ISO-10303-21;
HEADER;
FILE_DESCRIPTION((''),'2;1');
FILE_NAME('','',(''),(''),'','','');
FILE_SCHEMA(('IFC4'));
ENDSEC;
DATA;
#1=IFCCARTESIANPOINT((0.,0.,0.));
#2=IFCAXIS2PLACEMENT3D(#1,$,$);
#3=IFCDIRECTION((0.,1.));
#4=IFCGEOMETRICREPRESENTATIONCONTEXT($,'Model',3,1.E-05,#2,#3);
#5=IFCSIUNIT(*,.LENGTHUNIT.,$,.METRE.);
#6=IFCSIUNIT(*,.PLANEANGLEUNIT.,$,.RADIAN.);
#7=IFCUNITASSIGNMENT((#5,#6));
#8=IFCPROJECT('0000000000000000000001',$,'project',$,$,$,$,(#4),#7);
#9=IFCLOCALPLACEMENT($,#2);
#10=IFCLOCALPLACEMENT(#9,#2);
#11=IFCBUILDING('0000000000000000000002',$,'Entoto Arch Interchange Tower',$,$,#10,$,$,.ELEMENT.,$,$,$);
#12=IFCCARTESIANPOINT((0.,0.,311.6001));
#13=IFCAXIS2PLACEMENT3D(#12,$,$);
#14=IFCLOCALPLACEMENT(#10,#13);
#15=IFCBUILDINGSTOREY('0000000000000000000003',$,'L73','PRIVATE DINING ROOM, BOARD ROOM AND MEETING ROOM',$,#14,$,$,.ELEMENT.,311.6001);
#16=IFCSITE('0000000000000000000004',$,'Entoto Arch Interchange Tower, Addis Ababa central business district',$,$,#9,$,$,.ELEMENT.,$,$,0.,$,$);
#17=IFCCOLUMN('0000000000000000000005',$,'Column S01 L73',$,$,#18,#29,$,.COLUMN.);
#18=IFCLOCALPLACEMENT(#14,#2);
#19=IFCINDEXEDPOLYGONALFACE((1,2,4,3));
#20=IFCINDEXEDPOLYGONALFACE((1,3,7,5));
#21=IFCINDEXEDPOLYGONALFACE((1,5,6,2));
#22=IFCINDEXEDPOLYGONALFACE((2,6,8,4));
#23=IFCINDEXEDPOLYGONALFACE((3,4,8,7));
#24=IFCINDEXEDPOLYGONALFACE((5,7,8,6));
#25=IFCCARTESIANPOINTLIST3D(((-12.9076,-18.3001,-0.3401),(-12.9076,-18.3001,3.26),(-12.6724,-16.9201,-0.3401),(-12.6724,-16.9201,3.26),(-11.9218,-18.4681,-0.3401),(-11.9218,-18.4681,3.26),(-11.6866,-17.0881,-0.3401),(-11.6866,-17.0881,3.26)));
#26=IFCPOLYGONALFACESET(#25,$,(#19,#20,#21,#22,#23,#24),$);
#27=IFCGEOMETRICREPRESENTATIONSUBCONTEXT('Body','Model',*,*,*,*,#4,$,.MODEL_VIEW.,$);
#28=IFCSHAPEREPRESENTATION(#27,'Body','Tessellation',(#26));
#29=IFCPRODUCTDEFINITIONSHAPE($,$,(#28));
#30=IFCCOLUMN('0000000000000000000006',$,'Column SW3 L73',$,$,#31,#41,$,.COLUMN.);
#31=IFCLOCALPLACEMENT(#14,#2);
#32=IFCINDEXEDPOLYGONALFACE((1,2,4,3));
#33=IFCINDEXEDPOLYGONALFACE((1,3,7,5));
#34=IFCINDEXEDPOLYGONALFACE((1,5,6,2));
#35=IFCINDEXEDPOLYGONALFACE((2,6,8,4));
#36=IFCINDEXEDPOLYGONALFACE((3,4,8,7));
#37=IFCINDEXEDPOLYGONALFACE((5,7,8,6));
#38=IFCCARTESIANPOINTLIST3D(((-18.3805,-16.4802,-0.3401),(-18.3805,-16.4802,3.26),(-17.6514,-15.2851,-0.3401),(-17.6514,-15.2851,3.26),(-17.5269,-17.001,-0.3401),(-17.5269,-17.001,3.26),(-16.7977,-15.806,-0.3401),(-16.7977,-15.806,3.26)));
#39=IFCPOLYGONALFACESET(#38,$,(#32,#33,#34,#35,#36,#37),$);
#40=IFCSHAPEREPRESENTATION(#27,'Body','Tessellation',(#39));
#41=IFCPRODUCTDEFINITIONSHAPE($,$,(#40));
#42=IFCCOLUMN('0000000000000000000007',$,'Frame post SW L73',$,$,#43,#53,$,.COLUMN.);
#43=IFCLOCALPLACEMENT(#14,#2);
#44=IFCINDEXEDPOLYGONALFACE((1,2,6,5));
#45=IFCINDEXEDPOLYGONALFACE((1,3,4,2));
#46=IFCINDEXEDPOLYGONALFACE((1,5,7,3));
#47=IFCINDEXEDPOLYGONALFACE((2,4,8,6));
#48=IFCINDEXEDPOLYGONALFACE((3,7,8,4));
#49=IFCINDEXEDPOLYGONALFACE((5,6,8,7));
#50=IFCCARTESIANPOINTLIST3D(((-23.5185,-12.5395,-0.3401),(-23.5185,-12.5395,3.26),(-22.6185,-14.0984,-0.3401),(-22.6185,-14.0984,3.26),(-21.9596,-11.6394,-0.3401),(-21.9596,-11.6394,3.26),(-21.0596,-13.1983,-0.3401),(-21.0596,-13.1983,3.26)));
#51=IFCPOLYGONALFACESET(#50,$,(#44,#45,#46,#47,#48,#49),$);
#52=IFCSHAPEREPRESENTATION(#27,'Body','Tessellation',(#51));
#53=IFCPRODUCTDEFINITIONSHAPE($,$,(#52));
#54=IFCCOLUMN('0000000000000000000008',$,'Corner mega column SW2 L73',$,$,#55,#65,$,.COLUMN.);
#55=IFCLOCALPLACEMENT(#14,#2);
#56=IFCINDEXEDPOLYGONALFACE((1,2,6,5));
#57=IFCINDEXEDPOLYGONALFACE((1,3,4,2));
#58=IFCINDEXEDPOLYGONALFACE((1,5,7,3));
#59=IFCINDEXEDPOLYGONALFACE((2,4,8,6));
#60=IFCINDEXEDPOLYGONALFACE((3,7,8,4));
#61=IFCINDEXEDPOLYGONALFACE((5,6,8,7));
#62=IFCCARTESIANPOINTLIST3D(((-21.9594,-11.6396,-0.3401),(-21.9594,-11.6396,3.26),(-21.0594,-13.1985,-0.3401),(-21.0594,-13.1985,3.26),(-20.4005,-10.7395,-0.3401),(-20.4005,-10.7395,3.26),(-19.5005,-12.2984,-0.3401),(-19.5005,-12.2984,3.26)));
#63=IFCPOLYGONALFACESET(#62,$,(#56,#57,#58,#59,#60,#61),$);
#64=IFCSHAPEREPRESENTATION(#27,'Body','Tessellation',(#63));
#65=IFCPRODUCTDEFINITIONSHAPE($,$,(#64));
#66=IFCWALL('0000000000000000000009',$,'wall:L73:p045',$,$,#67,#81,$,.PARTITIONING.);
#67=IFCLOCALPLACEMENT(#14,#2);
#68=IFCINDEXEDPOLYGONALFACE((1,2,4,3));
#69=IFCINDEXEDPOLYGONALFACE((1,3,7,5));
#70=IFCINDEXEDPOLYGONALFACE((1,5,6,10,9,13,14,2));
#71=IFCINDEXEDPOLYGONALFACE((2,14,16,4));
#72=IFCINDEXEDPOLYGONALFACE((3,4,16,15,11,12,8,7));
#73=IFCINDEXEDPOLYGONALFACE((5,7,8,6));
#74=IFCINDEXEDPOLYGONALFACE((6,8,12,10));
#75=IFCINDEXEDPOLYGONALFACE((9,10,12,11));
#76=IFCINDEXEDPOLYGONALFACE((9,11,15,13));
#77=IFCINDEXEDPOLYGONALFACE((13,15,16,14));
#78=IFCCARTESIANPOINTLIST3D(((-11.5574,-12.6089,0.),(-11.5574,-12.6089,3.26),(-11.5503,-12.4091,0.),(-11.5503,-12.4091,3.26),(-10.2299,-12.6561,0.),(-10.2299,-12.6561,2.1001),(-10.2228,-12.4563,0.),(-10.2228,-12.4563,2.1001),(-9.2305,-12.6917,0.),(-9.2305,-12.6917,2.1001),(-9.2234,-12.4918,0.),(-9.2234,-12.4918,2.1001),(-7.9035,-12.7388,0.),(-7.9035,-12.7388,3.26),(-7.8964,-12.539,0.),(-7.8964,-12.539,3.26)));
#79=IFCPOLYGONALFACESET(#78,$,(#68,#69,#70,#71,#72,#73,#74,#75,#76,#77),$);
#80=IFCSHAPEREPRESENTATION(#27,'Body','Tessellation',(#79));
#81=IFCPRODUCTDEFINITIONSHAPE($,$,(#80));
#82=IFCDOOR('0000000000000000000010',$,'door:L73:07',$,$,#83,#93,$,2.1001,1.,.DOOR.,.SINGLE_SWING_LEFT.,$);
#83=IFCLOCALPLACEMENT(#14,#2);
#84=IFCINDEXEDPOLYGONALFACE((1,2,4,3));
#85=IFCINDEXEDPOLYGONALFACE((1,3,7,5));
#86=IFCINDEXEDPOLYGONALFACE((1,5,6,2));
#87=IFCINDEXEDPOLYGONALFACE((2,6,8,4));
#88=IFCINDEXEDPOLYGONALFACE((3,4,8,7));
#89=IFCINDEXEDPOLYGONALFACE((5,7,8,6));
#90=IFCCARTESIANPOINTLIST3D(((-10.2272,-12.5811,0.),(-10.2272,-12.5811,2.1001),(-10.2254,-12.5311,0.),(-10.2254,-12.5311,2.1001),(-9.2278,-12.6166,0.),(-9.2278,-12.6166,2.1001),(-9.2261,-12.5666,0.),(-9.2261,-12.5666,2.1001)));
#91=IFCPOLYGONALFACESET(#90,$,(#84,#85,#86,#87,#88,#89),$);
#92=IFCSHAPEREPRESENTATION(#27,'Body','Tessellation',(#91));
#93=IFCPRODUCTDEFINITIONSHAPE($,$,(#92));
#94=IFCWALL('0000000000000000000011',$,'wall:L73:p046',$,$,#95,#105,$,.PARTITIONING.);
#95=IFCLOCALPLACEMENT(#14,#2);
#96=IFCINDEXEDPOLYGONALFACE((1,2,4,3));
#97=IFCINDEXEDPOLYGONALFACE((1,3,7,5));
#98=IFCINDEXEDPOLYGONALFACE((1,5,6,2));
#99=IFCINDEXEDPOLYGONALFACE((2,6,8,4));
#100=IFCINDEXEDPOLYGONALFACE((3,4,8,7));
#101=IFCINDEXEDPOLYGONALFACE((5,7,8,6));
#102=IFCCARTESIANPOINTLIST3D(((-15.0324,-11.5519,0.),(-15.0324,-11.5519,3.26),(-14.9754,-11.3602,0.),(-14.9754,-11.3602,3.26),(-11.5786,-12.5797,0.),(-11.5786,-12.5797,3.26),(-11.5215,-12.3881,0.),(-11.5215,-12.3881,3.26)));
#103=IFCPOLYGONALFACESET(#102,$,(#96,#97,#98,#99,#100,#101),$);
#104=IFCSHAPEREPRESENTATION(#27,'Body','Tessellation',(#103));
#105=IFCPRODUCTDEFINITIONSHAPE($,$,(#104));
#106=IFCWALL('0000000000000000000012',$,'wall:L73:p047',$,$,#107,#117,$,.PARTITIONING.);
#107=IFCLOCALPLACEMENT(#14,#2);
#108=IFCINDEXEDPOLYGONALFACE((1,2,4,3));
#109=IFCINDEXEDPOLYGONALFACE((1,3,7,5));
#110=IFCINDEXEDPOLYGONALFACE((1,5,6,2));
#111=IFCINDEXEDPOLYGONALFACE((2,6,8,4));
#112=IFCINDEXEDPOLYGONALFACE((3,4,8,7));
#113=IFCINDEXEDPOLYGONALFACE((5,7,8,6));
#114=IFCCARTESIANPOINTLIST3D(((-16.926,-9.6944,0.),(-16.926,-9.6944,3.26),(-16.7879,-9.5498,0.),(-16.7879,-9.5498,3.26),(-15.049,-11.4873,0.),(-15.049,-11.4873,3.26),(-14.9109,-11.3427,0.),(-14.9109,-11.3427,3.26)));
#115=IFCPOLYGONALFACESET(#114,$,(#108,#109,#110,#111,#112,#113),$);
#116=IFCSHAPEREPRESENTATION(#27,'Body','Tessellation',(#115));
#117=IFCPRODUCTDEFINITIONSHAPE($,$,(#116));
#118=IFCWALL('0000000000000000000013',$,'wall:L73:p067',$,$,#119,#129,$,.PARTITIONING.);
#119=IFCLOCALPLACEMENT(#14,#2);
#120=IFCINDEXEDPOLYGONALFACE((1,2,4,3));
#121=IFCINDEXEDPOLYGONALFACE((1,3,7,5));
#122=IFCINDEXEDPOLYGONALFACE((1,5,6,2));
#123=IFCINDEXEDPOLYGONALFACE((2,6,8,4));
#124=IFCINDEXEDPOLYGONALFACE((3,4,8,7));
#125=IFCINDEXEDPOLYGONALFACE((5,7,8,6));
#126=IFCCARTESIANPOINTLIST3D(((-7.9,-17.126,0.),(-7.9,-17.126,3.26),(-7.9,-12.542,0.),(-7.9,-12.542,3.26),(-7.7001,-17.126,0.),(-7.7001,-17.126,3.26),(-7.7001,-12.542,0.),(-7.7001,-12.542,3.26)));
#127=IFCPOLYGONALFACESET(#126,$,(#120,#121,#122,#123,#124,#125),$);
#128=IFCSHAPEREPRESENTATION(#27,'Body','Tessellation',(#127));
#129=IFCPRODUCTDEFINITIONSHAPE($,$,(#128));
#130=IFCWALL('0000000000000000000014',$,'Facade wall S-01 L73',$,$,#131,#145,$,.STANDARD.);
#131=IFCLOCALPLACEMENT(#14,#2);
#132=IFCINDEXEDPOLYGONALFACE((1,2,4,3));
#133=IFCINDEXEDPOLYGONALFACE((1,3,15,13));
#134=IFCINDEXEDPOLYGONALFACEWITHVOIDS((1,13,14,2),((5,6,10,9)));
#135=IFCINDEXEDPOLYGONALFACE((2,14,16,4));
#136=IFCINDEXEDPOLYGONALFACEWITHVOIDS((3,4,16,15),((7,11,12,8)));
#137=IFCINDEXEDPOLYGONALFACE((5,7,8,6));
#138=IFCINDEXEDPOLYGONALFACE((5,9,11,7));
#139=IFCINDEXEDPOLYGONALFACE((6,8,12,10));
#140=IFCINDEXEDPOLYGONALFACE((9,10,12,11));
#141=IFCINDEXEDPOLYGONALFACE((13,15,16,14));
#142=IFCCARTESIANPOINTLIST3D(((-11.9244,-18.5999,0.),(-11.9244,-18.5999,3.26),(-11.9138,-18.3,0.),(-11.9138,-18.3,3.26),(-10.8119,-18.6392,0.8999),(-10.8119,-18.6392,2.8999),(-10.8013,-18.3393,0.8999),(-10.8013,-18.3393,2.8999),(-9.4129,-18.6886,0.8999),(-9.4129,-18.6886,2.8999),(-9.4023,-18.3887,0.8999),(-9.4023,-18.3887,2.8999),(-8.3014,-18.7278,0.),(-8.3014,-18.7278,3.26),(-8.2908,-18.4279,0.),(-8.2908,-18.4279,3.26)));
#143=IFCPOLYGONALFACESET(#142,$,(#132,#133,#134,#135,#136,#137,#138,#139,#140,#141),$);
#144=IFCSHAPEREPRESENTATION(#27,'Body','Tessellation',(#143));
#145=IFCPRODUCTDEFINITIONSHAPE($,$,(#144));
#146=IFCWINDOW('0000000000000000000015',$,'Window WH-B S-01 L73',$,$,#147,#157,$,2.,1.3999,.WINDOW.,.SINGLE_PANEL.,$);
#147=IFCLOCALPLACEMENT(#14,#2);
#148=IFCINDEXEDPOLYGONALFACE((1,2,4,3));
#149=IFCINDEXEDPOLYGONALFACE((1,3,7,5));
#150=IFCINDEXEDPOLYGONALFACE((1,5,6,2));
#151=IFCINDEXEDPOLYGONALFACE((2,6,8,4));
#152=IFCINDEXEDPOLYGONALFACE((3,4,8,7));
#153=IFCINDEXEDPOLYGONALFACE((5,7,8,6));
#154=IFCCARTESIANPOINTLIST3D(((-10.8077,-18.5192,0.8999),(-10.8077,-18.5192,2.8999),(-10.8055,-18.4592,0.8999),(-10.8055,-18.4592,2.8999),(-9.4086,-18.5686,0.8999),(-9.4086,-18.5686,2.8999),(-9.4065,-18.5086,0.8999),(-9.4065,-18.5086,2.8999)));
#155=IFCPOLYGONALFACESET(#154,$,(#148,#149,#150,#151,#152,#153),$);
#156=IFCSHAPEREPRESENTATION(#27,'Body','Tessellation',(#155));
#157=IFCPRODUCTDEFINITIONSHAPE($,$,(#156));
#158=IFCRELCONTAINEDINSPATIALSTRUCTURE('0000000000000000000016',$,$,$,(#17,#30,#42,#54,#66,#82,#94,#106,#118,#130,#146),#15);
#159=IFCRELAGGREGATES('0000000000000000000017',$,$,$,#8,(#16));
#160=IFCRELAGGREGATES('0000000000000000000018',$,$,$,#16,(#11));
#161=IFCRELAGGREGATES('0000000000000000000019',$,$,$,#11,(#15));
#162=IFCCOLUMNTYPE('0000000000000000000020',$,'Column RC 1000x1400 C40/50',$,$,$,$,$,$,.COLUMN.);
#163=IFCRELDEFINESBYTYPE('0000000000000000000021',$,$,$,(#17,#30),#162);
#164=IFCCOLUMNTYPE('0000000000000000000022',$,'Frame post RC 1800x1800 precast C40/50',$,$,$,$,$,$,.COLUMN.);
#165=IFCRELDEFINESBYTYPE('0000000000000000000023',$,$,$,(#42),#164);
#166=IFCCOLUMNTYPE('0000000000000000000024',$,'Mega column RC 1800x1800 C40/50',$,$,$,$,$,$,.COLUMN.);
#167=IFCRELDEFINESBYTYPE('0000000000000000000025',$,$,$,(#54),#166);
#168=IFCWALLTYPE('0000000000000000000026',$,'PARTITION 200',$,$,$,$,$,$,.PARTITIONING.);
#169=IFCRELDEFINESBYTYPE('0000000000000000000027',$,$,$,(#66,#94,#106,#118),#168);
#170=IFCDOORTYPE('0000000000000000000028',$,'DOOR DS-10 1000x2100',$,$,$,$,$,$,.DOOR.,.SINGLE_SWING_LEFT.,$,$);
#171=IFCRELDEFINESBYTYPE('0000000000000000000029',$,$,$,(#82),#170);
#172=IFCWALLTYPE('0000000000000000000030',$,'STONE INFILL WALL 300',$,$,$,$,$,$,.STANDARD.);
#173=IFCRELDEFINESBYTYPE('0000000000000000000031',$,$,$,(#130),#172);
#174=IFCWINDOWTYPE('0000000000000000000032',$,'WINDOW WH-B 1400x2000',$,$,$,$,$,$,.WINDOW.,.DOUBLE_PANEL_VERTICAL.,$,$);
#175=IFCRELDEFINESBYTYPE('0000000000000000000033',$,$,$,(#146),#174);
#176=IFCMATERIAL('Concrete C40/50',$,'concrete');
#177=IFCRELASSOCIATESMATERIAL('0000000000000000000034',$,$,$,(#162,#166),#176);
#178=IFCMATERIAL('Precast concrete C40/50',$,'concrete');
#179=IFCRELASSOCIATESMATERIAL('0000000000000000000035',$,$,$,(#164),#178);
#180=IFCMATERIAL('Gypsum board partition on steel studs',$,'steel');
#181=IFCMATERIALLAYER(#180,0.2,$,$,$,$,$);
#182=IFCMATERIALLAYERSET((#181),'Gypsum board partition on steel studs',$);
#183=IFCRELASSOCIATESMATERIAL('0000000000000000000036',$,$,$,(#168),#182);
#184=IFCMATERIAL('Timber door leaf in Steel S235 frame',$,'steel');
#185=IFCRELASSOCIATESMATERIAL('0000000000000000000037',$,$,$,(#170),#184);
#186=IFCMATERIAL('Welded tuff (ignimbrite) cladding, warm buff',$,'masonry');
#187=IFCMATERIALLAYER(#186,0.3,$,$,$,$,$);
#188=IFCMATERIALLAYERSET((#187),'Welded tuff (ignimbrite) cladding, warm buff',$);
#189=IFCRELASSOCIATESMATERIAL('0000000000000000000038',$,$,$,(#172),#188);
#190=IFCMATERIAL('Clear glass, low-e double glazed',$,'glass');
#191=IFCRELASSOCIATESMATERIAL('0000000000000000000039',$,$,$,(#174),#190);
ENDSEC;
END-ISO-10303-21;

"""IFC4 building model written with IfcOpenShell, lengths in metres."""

from ifc_helpers import new_model, si_unit, direction, frame, frame_2d, origin, origin_2d, place, context, subcontext, project, spatial, rectangle, extrude, material, layer, layer_set, material_profile, profile_set, type_object, element, fill, save


model = new_model("IFC4")

# Units and contexts
model_context = context("Model", 3, precision=1e-05, world=origin(), true_north=direction((0.0, 1.0)))
body_context = subcontext(model_context, "Body", "Model", "MODEL_VIEW")
ifc_project = project(units=[si_unit("LENGTHUNIT", "METRE"), si_unit("PLANEANGLEUNIT", "RADIAN")], contexts=[model_context])

# Site, building, storey
site_placement = place(None, origin())
site = spatial("IfcSite", under=ifc_project, at=site_placement, Name="Entoto Arch Interchange Tower, Addis Ababa central business district", CompositionType="ELEMENT", RefElevation=0.0)
building_placement = place(site_placement, origin())
building = spatial("IfcBuilding", under=site, at=building_placement, Name="Entoto Arch Interchange Tower", CompositionType="ELEMENT")
storey_placement = place(building_placement, frame((0.0, 0.0, 311.6001)))
storey = spatial("IfcBuildingStorey", under=building, at=storey_placement, Name="L73", Description="PRIVATE DINING ROOM, BOARD ROOM AND MEETING ROOM", CompositionType="ELEMENT", Elevation=311.6001)

# Columns
ifc_material_1 = material(Name="Concrete C40/50", Category="concrete")
ifc_material_profile_1 = material_profile(ifc_material_1, rectangle(XDim=1.0, YDim=1.3999, at=origin_2d()))
ifc_profile_set_1 = profile_set([ifc_material_profile_1], Name="Concrete C40/50")
column_type_1 = type_object("IfcColumnType", Name="Column RC 1000x1400 C40/50", PredefinedType="COLUMN", material=ifc_profile_set_1)
for number, where, z_axis, x_axis, name in (
    (1, (-12.2971, -17.6941, -0.3401), (0.0, 0.0, 1.0), (-0.985786, 0.168008, 0.0), "Column S01 L73"),
    (2, (-17.5891, -16.1431, -0.3401), (0.0, 0.0, 1.0), (-0.853651, 0.520846, 0.0), "Column SW3 L73"),
):
    element("IfcColumn", number, at=place(storey_placement, frame(where, z_axis=z_axis, x_axis=x_axis)), inside=storey, type_object=column_type_1, Name=name, PredefinedType="COLUMN", context=body_context, shape_type="SweptSolid", body=[
        extrude(rectangle(XDim=1.0, YDim=1.3999, at=origin_2d()), origin(), (0.0, 0.0, 1.0), 3.6001),
    ])
ifc_material_2 = material(Name="Precast concrete C40/50", Category="concrete")
ifc_material_profile_2 = material_profile(ifc_material_2, rectangle(XDim=1.8, YDim=1.8, at=origin_2d()))
ifc_profile_set_2 = profile_set([ifc_material_profile_2], Name="Precast concrete C40/50")
column_type_2 = type_object("IfcColumnType", Name="Frame post RC 1800x1800 precast C40/50", PredefinedType="COLUMN", material=ifc_profile_set_2)
column_1_placement = place(storey_placement, frame((-22.2891, -12.8689, -0.3401), z_axis=(0.0, 0.0, 1.0), x_axis=(0.866025, 0.5, 0.0)))
element("IfcColumn", 3, at=column_1_placement, inside=storey, type_object=column_type_2, Name="Frame post SW L73", PredefinedType="COLUMN", context=body_context, shape_type="SweptSolid", body=[
    extrude(rectangle(XDim=1.8, YDim=1.8, at=origin_2d()), origin(), (0.0, 0.0, 1.0), 3.6001),
])
ifc_material_profile_3 = material_profile(ifc_material_1, rectangle(XDim=1.8, YDim=1.8, at=origin_2d()))
ifc_profile_set_3 = profile_set([ifc_material_profile_3], Name="Concrete C40/50")
column_type_3 = type_object("IfcColumnType", Name="Mega column RC 1800x1800 C40/50", PredefinedType="COLUMN", material=ifc_profile_set_3)
column_2_placement = place(storey_placement, frame((-20.73, -11.969, -0.3401), z_axis=(0.0, 0.0, 1.0), x_axis=(0.866025, 0.5, 0.0)))
element("IfcColumn", 4, at=column_2_placement, inside=storey, type_object=column_type_3, Name="Corner mega column SW2 L73", PredefinedType="COLUMN", context=body_context, shape_type="SweptSolid", body=[
    extrude(rectangle(XDim=1.8, YDim=1.8, at=origin_2d()), origin(), (0.0, 0.0, 1.0), 3.6001),
])

# Wall, opening, door
ifc_material_3 = material(Name="Gypsum board partition on steel studs", Category="steel")
ifc_layer_1 = layer(ifc_material_3, 0.2)
ifc_layer_set_1 = layer_set([ifc_layer_1], Name="Gypsum board partition on steel studs")
wall_type_1 = type_object("IfcWallType", Name="PARTITION 200", PredefinedType="PARTITIONING", material=ifc_layer_set_1)
wall_1_placement = place(storey_placement, frame((-7.8999, -12.6389, 0.0), z_axis=(0.0, 0.0, 1.0), x_axis=(-0.999369, 0.035522, 0.0)))
wall_1 = element("IfcWall", 5, at=wall_1_placement, inside=storey, type_object=wall_type_1, Name="wall:L73:p045", PredefinedType="PARTITIONING", context=body_context, shape_type="SweptSolid", body=[
    extrude(rectangle(XDim=3.6562, YDim=0.2, at=frame_2d((1.8281, 0.0))), origin(), (0.0, 0.0, 1.0), 3.26),
])
opening_1_placement = place(wall_1_placement, frame((1.3279, 0.0, 0.0)))
opening_1 = element("IfcOpeningElement", 6, at=opening_1_placement, cuts=wall_1, PredefinedType="OPENING", context=body_context, shape_type="SweptSolid", body=[
    extrude(rectangle(XDim=1.0, YDim=2.1001, at=frame_2d((0.5, 1.05))), frame((0.0, 0.1099, 0.0), z_axis=(0.0, -1.0, 0.0), x_axis=(1.0, 0.0, 0.0)), (0.0, 0.0, 1.0), 0.22),
])
ifc_material_4 = material(Name="Timber door leaf in Steel S235 frame", Category="steel")
door_type = type_object("IfcDoorType", Name="DOOR DS-10 1000x2100", OperationType="SINGLE_SWING_LEFT", PredefinedType="DOOR", material=ifc_material_4)
door_placement = place(opening_1_placement, origin())
door = element("IfcDoor", 7, at=door_placement, inside=storey, type_object=door_type, Name="door:L73:07", OperationType="SINGLE_SWING_LEFT", OverallHeight=2.1001, OverallWidth=1.0, PredefinedType="DOOR", context=body_context, shape_type="SweptSolid", body=[
    extrude(rectangle(XDim=1.0, YDim=2.1001, at=frame_2d((0.5, 1.05))), frame((0.0, 0.0249, 0.0), z_axis=(0.0, -1.0, 0.0), x_axis=(1.0, 0.0, 0.0)), (0.0, 0.0, 1.0), 0.05),
])
fill(opening_1, door)

# Walls
wall_2_placement = place(storey_placement, frame((-11.55, -12.4839, 0.0), z_axis=(0.0, 0.0, 1.0), x_axis=(-0.95846, 0.285228, 0.0)))
element("IfcWall", 8, at=wall_2_placement, inside=storey, type_object=wall_type_1, Name="wall:L73:p046", PredefinedType="PARTITIONING", context=body_context, shape_type="SweptSolid", body=[
    extrude(rectangle(XDim=3.6035, YDim=0.2, at=frame_2d((1.8018, 0.0))), origin(), (0.0, 0.0, 1.0), 3.26),
])
wall_3_placement = place(storey_placement, frame((-14.98, -11.415, 0.0), z_axis=(0.0, 0.0, 1.0), x_axis=(-0.723099, 0.690744, 0.0)))
element("IfcWall", 9, at=wall_3_placement, inside=storey, type_object=wall_type_1, Name="wall:L73:p047", PredefinedType="PARTITIONING", context=body_context, shape_type="SweptSolid", body=[
    extrude(rectangle(XDim=2.5957, YDim=0.2, at=frame_2d((1.2979, 0.0))), origin(), (0.0, 0.0, 1.0), 3.26),
])
wall_4_placement = place(storey_placement, frame((-7.8, -17.126, 0.0), z_axis=(0.0, 0.0, 1.0), x_axis=(0.0, 1.0, 0.0)))
element("IfcWall", 10, at=wall_4_placement, inside=storey, type_object=wall_type_1, Name="wall:L73:p067", PredefinedType="PARTITIONING", context=body_context, shape_type="SweptSolid", body=[
    extrude(rectangle(XDim=4.584, YDim=0.2, at=frame_2d((2.292, 0.0))), origin(), (0.0, 0.0, 1.0), 3.26),
])

# Wall, opening, window
ifc_material_5 = material(Name="Welded tuff (ignimbrite) cladding, warm buff", Category="masonry")
ifc_layer_2 = layer(ifc_material_5, 0.3)
ifc_layer_set_2 = layer_set([ifc_layer_2], Name="Welded tuff (ignimbrite) cladding, warm buff")
wall_type_2 = type_object("IfcWallType", Name="STONE INFILL WALL 300", PredefinedType="STANDARD", material=ifc_layer_set_2)
wall_5_placement = place(storey_placement, frame((-11.9189, -18.45, 0.0), z_axis=(0.0, 0.0, 1.0), x_axis=(0.999377, -0.035288, 0.0)))
wall_5 = element("IfcWall", 11, at=wall_5_placement, inside=storey, type_object=wall_type_2, Name="Facade wall S-01 L73", PredefinedType="STANDARD", context=body_context, shape_type="SweptSolid", body=[
    extrude(rectangle(XDim=3.6252, YDim=0.3, at=frame_2d((1.8125, 0.0))), origin(), (0.0, 0.0, 1.0), 3.26),
])
opening_2_placement = place(wall_5_placement, frame((1.113, 0.0, 0.8999)))
opening_2 = element("IfcOpeningElement", 12, at=opening_2_placement, cuts=wall_5, PredefinedType="OPENING", context=body_context, shape_type="SweptSolid", body=[
    extrude(rectangle(XDim=1.3999, YDim=2.0, at=frame_2d((0.7, 1.0))), frame((0.0, 0.1602, 0.0), z_axis=(0.0, -1.0, 0.0), x_axis=(1.0, 0.0, 0.0)), (0.0, 0.0, 1.0), 0.3201),
])
ifc_material_6 = material(Name="Clear glass, low-e double glazed", Category="glass")
window_type = type_object("IfcWindowType", Name="WINDOW WH-B 1400x2000", PartitioningType="DOUBLE_PANEL_VERTICAL", PredefinedType="WINDOW", material=ifc_material_6)
window_1_placement = place(opening_2_placement, origin())
window_1 = element("IfcWindow", 13, at=window_1_placement, inside=storey, type_object=window_type, Name="Window WH-B S-01 L73", OverallHeight=2.0, OverallWidth=1.3999, PartitioningType="SINGLE_PANEL", PredefinedType="WINDOW", context=body_context, shape_type="SweptSolid", body=[
    extrude(rectangle(XDim=1.3999, YDim=2.0, at=frame_2d((0.7, 1.0))), frame((0.0, 0.03, 0.0), z_axis=(0.0, -1.0, 0.0), x_axis=(1.0, 0.0, 0.0)), (0.0, 0.0, 1.0), 0.0601),
])
fill(opening_2, window_1)

save(model, "model.ifc")
